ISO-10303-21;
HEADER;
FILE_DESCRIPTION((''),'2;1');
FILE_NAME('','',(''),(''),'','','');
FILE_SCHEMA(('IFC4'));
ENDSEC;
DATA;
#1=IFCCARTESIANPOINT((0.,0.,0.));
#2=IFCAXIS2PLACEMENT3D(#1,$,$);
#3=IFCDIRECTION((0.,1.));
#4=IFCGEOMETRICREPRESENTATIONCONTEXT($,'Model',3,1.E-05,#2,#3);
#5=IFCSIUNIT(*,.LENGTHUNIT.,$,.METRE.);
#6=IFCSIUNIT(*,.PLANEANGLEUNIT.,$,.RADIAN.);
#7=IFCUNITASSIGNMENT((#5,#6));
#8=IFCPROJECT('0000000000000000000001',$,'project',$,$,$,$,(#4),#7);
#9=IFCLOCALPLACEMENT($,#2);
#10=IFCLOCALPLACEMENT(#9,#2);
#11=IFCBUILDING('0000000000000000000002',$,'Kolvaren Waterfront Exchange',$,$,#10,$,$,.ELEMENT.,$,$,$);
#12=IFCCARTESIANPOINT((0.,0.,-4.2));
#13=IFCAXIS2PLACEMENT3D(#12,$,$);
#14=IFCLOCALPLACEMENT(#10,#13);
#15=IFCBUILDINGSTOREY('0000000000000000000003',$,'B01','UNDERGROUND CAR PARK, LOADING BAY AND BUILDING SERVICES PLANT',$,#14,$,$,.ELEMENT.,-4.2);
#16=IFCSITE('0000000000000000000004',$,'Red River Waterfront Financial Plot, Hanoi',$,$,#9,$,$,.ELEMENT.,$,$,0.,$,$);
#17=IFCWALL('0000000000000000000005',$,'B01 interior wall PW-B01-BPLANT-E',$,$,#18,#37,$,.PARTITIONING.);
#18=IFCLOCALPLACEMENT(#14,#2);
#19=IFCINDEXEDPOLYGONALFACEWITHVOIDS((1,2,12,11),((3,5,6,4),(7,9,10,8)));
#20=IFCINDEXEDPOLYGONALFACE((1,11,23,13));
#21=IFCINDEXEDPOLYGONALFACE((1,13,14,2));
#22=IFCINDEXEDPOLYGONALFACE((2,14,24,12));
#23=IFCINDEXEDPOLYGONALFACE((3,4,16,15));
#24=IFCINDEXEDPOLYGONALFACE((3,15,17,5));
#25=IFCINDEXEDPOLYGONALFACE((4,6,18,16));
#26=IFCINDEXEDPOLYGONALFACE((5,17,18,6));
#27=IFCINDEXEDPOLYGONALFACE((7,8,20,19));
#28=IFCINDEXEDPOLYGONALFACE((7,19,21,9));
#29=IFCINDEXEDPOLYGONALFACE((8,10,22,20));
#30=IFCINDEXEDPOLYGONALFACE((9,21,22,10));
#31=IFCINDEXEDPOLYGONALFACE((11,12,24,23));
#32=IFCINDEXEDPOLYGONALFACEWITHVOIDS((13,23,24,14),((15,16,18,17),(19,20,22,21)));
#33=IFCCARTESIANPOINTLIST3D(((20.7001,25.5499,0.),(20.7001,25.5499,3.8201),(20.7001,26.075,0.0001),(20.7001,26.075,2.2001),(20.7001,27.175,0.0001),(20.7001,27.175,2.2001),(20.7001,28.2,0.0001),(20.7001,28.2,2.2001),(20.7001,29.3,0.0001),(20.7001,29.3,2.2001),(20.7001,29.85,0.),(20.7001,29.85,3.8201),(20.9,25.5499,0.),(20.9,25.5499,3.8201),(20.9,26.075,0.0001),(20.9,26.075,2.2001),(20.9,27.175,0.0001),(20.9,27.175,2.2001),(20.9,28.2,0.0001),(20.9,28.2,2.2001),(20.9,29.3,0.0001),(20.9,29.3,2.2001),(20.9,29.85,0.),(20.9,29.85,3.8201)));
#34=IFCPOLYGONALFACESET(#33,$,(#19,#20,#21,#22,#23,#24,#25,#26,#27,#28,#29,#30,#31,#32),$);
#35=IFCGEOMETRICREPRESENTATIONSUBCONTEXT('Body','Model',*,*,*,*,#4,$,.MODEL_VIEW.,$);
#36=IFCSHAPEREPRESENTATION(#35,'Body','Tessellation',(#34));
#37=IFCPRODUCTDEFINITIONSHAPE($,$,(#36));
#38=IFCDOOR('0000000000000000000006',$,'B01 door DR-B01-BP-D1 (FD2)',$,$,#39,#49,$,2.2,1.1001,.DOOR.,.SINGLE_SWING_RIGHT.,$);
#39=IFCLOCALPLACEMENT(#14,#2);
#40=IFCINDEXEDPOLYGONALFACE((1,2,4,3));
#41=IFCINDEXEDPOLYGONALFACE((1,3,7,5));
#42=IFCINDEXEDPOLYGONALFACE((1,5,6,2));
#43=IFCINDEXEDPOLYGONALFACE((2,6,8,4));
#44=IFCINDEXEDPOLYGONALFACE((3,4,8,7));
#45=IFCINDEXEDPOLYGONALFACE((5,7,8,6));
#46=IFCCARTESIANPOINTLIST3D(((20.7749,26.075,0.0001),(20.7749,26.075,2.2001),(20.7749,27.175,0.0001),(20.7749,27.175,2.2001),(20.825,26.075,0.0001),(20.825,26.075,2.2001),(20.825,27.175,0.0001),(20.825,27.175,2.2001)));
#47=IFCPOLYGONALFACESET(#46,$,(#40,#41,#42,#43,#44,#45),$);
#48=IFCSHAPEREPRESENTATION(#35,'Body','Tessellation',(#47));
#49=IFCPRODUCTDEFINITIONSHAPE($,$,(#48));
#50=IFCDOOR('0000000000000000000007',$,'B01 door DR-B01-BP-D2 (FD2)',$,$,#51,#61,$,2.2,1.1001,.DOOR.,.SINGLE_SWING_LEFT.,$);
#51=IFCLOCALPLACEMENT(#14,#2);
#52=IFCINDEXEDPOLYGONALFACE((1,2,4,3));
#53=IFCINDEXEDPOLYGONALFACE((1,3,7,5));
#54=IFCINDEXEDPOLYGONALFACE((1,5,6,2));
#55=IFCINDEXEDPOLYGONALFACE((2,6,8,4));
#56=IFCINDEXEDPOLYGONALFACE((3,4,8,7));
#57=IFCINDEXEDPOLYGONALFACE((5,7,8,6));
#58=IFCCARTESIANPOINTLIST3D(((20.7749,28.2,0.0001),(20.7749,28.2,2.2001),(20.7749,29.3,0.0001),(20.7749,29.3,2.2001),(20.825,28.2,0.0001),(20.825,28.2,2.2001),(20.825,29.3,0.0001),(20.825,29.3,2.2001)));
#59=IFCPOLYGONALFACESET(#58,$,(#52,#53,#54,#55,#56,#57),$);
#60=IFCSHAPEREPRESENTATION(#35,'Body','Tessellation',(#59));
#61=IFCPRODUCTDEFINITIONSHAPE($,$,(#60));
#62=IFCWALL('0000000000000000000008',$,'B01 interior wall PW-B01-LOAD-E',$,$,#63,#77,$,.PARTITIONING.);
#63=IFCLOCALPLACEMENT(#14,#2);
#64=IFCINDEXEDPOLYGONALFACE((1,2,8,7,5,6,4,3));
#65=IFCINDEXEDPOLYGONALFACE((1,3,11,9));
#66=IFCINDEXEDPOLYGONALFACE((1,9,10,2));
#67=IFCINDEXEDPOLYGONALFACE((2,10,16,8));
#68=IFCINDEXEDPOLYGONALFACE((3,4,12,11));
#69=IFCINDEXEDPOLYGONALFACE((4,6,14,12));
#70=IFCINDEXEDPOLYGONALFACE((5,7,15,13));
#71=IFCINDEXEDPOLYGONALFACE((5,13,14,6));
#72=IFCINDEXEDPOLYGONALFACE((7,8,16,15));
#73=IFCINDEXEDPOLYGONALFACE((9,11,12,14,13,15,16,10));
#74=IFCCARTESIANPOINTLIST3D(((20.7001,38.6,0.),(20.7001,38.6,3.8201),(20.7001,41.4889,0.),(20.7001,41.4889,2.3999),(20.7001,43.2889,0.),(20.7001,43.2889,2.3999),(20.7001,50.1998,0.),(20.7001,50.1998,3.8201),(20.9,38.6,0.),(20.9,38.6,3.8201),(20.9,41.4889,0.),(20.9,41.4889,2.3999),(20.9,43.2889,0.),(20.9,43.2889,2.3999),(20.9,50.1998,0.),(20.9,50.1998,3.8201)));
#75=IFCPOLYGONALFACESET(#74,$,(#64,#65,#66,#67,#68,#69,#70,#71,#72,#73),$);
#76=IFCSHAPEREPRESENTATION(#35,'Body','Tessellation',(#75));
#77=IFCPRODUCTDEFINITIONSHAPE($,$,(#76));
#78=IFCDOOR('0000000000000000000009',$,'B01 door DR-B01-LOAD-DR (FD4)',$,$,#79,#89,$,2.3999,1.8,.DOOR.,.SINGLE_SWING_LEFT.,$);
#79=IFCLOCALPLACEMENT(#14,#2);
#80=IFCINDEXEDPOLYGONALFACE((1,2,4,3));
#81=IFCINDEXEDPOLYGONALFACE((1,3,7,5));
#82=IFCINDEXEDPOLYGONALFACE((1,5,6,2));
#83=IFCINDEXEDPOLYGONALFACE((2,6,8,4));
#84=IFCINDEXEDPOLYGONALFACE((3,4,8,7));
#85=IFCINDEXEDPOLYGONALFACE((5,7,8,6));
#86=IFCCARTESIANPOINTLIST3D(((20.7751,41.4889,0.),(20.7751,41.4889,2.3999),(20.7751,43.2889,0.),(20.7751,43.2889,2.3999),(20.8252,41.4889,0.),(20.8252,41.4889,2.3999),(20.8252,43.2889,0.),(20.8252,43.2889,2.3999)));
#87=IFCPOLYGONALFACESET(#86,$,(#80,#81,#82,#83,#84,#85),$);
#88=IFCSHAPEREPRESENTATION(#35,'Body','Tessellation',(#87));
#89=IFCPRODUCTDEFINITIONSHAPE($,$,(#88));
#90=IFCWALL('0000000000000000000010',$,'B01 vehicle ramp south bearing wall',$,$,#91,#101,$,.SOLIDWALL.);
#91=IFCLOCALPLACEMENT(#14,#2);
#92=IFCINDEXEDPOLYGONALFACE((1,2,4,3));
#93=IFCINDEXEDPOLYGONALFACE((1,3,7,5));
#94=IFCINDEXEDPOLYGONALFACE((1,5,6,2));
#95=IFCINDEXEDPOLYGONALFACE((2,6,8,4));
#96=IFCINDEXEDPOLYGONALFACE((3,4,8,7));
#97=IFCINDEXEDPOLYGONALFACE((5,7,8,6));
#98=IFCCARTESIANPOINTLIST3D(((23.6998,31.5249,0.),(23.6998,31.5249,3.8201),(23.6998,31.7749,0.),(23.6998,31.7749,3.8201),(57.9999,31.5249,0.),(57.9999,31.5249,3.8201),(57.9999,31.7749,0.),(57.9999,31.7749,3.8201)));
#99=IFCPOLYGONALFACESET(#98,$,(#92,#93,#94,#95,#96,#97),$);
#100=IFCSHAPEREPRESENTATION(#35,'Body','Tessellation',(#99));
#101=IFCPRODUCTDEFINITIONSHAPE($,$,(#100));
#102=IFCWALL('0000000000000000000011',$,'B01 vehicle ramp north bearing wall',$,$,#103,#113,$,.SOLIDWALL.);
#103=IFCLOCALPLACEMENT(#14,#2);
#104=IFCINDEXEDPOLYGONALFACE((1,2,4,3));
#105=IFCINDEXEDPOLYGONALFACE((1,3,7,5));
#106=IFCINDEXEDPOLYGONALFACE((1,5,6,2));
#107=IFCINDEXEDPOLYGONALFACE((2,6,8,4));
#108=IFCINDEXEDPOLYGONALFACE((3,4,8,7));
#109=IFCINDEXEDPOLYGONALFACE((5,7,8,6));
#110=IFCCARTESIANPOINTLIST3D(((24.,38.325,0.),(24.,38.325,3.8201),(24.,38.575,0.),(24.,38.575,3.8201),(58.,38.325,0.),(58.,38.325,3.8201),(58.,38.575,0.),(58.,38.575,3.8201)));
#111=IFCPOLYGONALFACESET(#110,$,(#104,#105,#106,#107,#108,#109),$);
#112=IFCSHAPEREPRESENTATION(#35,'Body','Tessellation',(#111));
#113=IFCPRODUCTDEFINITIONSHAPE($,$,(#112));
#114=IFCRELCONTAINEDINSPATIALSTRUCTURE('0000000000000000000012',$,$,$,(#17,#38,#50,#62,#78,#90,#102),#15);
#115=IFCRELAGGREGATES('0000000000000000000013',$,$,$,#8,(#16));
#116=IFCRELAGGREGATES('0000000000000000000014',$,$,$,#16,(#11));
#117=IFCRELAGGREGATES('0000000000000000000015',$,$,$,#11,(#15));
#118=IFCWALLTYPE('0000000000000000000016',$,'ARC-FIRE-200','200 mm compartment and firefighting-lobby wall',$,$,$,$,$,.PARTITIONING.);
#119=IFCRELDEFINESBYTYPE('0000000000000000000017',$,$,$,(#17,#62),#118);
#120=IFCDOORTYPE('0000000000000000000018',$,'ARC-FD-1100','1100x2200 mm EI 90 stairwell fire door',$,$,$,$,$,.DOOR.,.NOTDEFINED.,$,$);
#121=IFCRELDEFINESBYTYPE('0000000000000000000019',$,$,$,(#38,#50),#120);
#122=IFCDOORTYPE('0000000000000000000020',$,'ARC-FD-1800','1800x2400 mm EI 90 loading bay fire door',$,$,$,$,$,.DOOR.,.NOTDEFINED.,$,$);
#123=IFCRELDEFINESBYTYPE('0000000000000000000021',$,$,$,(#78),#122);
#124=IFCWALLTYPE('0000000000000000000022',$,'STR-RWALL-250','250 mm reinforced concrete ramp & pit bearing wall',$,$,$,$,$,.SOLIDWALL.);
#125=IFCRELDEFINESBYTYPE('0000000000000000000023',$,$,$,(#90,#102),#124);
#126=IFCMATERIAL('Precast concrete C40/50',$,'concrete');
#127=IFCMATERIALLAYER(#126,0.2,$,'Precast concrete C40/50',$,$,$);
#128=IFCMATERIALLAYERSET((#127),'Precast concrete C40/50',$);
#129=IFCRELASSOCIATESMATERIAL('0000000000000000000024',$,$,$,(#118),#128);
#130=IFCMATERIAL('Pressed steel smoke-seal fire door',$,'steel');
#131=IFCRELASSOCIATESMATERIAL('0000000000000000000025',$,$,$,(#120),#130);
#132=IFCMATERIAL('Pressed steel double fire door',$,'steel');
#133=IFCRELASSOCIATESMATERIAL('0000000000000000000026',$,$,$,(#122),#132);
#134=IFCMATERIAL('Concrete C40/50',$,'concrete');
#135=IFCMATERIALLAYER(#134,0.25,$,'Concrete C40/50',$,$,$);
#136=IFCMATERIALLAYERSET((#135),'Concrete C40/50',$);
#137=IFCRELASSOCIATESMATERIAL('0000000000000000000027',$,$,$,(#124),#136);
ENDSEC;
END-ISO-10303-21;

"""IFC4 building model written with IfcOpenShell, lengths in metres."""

from ifc_helpers import new_model, si_unit, direction, frame, frame_2d, origin, place, context, subcontext, project, spatial, rectangle, extrude, material, layer, layer_set, type_object, element, fill, save


model = new_model("IFC4")

# Units and contexts
model_context = context("Model", 3, precision=1e-05, world=origin(), true_north=direction((0.0, 1.0)))
body_context = subcontext(model_context, "Body", "Model", "MODEL_VIEW")
ifc_project = project(units=[si_unit("LENGTHUNIT", "METRE"), si_unit("PLANEANGLEUNIT", "RADIAN")], contexts=[model_context])

# Site, building, storey
site_placement = place(None, origin())
site = spatial("IfcSite", under=ifc_project, at=site_placement, Name="Red River Waterfront Financial Plot, Hanoi", CompositionType="ELEMENT", RefElevation=0.0)
building_placement = place(site_placement, origin())
building = spatial("IfcBuilding", under=site, at=building_placement, Name="Kolvaren Waterfront Exchange", CompositionType="ELEMENT")
storey_placement = place(building_placement, frame((0.0, 0.0, -4.2)))
storey = spatial("IfcBuildingStorey", under=building, at=storey_placement, Name="B01", Description="UNDERGROUND CAR PARK, LOADING BAY AND BUILDING SERVICES PLANT", CompositionType="ELEMENT", Elevation=-4.2)

# Shared definitions
ifc_material_1 = material(Name="Concrete C40/50", Category="concrete")

# Wall, openings, doors
ifc_material_2 = material(Name="Precast concrete C40/50", Category="concrete")
ifc_layer_1 = layer(ifc_material_2, 0.2, Name="Precast concrete C40/50")
ifc_layer_set_1 = layer_set([ifc_layer_1], Name="Precast concrete C40/50")
wall_type_1 = type_object("IfcWallType", Name="ARC-FIRE-200", Description="200 mm compartment and firefighting-lobby wall", PredefinedType="PARTITIONING", material=ifc_layer_set_1)
wall_1_placement = place(storey_placement, frame((20.8, 25.55, 0.0), z_axis=(0.0, 0.0, 1.0), x_axis=(0.0, 1.0, 0.0)))
wall_1 = element("IfcWall", 1, at=wall_1_placement, inside=storey, type_object=wall_type_1, Name="B01 interior wall PW-B01-BPLANT-E", PredefinedType="PARTITIONING", context=body_context, shape_type="SweptSolid", body=[
    extrude(rectangle(XDim=4.3, YDim=0.2, at=frame_2d((2.1499, 0.0))), origin(), (0.0, 0.0, 1.0), 3.8201),
])
opening_1_placement = place(wall_1_placement, frame((0.5249, 0.0, 0.0)))
opening_1 = element("IfcOpeningElement", 2, at=opening_1_placement, cuts=wall_1, PredefinedType="OPENING", context=body_context, shape_type="SweptSolid", body=[
    extrude(rectangle(XDim=1.1001, YDim=2.2, at=frame_2d((0.55, 1.1001))), frame((0.0, 0.1099, 0.0), z_axis=(0.0, -1.0, 0.0), x_axis=(1.0, 0.0, 0.0)), (0.0, 0.0, 1.0), 0.22),
])
opening_2_placement = place(wall_1_placement, frame((2.6499, 0.0, 0.0)))
opening_2 = element("IfcOpeningElement", 3, at=opening_2_placement, cuts=wall_1, PredefinedType="OPENING", context=body_context, shape_type="SweptSolid", body=[
    extrude(rectangle(XDim=1.1001, YDim=2.2, at=frame_2d((0.55, 1.1001))), frame((0.0, 0.1099, 0.0), z_axis=(0.0, -1.0, 0.0), x_axis=(1.0, 0.0, 0.0)), (0.0, 0.0, 1.0), 0.22),
])
ifc_material_3 = material(Name="Pressed steel smoke-seal fire door", Category="steel")
door_type_1 = type_object("IfcDoorType", Name="ARC-FD-1100", Description="1100x2200 mm EI 90 stairwell fire door", OperationType="NOTDEFINED", PredefinedType="DOOR", material=ifc_material_3)
door_1_placement = place(opening_1_placement, frame((1.1001, 0.0, 0.0), z_axis=(0.0, 0.0, 1.0), x_axis=(-1.0, 0.0, 0.0)))
door_1 = element("IfcDoor", 4, at=door_1_placement, inside=storey, type_object=door_type_1, Name="B01 door DR-B01-BP-D1 (FD2)", OperationType="SINGLE_SWING_RIGHT", OverallHeight=2.2, OverallWidth=1.1001, PredefinedType="DOOR", context=body_context, shape_type="SweptSolid", body=[
    extrude(rectangle(XDim=1.1001, YDim=2.2, at=frame_2d((0.55, 1.1001))), frame((0.0, 0.0249, 0.0), z_axis=(0.0, -1.0, 0.0), x_axis=(1.0, 0.0, 0.0)), (0.0, 0.0, 1.0), 0.05),
])
fill(opening_1, door_1)
door_2_placement = place(opening_2_placement, frame((1.1001, 0.0, 0.0), z_axis=(0.0, 0.0, 1.0), x_axis=(-1.0, 0.0, 0.0)))
door_2 = element("IfcDoor", 5, at=door_2_placement, inside=storey, type_object=door_type_1, Name="B01 door DR-B01-BP-D2 (FD2)", OperationType="SINGLE_SWING_LEFT", OverallHeight=2.2, OverallWidth=1.1001, PredefinedType="DOOR", context=body_context, shape_type="SweptSolid", body=[
    extrude(rectangle(XDim=1.1001, YDim=2.2, at=frame_2d((0.55, 1.1001))), frame((0.0, 0.0249, 0.0), z_axis=(0.0, -1.0, 0.0), x_axis=(1.0, 0.0, 0.0)), (0.0, 0.0, 1.0), 0.05),
])
fill(opening_2, door_2)

# Wall, opening, door
wall_2_placement = place(storey_placement, frame((20.8, 38.6001, 0.0), z_axis=(0.0, 0.0, 1.0), x_axis=(0.0, 1.0, 0.0)))
wall_2 = element("IfcWall", 6, at=wall_2_placement, inside=storey, type_object=wall_type_1, Name="B01 interior wall PW-B01-LOAD-E", PredefinedType="PARTITIONING", context=body_context, shape_type="SweptSolid", body=[
    extrude(rectangle(XDim=11.5999, YDim=0.2, at=frame_2d((5.7998, 0.0))), origin(), (0.0, 0.0, 1.0), 3.8201),
])
opening_3_placement = place(wall_2_placement, frame((2.8889, 0.0, 0.0)))
opening_3 = element("IfcOpeningElement", 7, at=opening_3_placement, cuts=wall_2, PredefinedType="OPENING", context=body_context, shape_type="SweptSolid", body=[
    extrude(rectangle(XDim=1.8, YDim=2.3999, at=frame_2d((0.8999, 1.2))), frame((0.0, 0.1099, 0.0), z_axis=(0.0, -1.0, 0.0), x_axis=(1.0, 0.0, 0.0)), (0.0, 0.0, 1.0), 0.22),
])
ifc_material_4 = material(Name="Pressed steel double fire door", Category="steel")
door_type_2 = type_object("IfcDoorType", Name="ARC-FD-1800", Description="1800x2400 mm EI 90 loading bay fire door", OperationType="NOTDEFINED", PredefinedType="DOOR", material=ifc_material_4)
door_3_placement = place(opening_3_placement, origin())
door_3 = element("IfcDoor", 8, at=door_3_placement, inside=storey, type_object=door_type_2, Name="B01 door DR-B01-LOAD-DR (FD4)", OperationType="SINGLE_SWING_LEFT", OverallHeight=2.3999, OverallWidth=1.8, PredefinedType="DOOR", context=body_context, shape_type="SweptSolid", body=[
    extrude(rectangle(XDim=1.8, YDim=2.3999, at=frame_2d((0.8999, 1.2))), frame((0.0, 0.0249, 0.0), z_axis=(0.0, -1.0, 0.0), x_axis=(1.0, 0.0, 0.0)), (0.0, 0.0, 1.0), 0.05),
])
fill(opening_3, door_3)

# Walls
ifc_layer_2 = layer(ifc_material_1, 0.25, Name="Concrete C40/50")
ifc_layer_set_2 = layer_set([ifc_layer_2], Name="Concrete C40/50")
wall_type_2 = type_object("IfcWallType", Name="STR-RWALL-250", Description="250 mm reinforced concrete ramp & pit bearing wall", PredefinedType="SOLIDWALL", material=ifc_layer_set_2)
wall_3_placement = place(storey_placement, frame((23.7, 31.6499, 0.0), z_axis=(0.0, 0.0, 1.0), x_axis=(1.0, 0.0, 0.0)))
element("IfcWall", 9, at=wall_3_placement, inside=storey, type_object=wall_type_2, Name="B01 vehicle ramp south bearing wall", PredefinedType="SOLIDWALL", context=body_context, shape_type="SweptSolid", body=[
    extrude(rectangle(XDim=34.3, YDim=0.25, at=frame_2d((17.1499, 0.0))), origin(), (0.0, 0.0, 1.0), 3.8201),
])
wall_4_placement = place(storey_placement, frame((24.0, 38.45, 0.0), z_axis=(0.0, 0.0, 1.0), x_axis=(1.0, 0.0, 0.0)))
element("IfcWall", 10, at=wall_4_placement, inside=storey, type_object=wall_type_2, Name="B01 vehicle ramp north bearing wall", PredefinedType="SOLIDWALL", context=body_context, shape_type="SweptSolid", body=[
    extrude(rectangle(XDim=34.0, YDim=0.25, at=frame_2d((17.0, 0.0))), origin(), (0.0, 0.0, 1.0), 3.8201),
])

save(model, "model.ifc")
